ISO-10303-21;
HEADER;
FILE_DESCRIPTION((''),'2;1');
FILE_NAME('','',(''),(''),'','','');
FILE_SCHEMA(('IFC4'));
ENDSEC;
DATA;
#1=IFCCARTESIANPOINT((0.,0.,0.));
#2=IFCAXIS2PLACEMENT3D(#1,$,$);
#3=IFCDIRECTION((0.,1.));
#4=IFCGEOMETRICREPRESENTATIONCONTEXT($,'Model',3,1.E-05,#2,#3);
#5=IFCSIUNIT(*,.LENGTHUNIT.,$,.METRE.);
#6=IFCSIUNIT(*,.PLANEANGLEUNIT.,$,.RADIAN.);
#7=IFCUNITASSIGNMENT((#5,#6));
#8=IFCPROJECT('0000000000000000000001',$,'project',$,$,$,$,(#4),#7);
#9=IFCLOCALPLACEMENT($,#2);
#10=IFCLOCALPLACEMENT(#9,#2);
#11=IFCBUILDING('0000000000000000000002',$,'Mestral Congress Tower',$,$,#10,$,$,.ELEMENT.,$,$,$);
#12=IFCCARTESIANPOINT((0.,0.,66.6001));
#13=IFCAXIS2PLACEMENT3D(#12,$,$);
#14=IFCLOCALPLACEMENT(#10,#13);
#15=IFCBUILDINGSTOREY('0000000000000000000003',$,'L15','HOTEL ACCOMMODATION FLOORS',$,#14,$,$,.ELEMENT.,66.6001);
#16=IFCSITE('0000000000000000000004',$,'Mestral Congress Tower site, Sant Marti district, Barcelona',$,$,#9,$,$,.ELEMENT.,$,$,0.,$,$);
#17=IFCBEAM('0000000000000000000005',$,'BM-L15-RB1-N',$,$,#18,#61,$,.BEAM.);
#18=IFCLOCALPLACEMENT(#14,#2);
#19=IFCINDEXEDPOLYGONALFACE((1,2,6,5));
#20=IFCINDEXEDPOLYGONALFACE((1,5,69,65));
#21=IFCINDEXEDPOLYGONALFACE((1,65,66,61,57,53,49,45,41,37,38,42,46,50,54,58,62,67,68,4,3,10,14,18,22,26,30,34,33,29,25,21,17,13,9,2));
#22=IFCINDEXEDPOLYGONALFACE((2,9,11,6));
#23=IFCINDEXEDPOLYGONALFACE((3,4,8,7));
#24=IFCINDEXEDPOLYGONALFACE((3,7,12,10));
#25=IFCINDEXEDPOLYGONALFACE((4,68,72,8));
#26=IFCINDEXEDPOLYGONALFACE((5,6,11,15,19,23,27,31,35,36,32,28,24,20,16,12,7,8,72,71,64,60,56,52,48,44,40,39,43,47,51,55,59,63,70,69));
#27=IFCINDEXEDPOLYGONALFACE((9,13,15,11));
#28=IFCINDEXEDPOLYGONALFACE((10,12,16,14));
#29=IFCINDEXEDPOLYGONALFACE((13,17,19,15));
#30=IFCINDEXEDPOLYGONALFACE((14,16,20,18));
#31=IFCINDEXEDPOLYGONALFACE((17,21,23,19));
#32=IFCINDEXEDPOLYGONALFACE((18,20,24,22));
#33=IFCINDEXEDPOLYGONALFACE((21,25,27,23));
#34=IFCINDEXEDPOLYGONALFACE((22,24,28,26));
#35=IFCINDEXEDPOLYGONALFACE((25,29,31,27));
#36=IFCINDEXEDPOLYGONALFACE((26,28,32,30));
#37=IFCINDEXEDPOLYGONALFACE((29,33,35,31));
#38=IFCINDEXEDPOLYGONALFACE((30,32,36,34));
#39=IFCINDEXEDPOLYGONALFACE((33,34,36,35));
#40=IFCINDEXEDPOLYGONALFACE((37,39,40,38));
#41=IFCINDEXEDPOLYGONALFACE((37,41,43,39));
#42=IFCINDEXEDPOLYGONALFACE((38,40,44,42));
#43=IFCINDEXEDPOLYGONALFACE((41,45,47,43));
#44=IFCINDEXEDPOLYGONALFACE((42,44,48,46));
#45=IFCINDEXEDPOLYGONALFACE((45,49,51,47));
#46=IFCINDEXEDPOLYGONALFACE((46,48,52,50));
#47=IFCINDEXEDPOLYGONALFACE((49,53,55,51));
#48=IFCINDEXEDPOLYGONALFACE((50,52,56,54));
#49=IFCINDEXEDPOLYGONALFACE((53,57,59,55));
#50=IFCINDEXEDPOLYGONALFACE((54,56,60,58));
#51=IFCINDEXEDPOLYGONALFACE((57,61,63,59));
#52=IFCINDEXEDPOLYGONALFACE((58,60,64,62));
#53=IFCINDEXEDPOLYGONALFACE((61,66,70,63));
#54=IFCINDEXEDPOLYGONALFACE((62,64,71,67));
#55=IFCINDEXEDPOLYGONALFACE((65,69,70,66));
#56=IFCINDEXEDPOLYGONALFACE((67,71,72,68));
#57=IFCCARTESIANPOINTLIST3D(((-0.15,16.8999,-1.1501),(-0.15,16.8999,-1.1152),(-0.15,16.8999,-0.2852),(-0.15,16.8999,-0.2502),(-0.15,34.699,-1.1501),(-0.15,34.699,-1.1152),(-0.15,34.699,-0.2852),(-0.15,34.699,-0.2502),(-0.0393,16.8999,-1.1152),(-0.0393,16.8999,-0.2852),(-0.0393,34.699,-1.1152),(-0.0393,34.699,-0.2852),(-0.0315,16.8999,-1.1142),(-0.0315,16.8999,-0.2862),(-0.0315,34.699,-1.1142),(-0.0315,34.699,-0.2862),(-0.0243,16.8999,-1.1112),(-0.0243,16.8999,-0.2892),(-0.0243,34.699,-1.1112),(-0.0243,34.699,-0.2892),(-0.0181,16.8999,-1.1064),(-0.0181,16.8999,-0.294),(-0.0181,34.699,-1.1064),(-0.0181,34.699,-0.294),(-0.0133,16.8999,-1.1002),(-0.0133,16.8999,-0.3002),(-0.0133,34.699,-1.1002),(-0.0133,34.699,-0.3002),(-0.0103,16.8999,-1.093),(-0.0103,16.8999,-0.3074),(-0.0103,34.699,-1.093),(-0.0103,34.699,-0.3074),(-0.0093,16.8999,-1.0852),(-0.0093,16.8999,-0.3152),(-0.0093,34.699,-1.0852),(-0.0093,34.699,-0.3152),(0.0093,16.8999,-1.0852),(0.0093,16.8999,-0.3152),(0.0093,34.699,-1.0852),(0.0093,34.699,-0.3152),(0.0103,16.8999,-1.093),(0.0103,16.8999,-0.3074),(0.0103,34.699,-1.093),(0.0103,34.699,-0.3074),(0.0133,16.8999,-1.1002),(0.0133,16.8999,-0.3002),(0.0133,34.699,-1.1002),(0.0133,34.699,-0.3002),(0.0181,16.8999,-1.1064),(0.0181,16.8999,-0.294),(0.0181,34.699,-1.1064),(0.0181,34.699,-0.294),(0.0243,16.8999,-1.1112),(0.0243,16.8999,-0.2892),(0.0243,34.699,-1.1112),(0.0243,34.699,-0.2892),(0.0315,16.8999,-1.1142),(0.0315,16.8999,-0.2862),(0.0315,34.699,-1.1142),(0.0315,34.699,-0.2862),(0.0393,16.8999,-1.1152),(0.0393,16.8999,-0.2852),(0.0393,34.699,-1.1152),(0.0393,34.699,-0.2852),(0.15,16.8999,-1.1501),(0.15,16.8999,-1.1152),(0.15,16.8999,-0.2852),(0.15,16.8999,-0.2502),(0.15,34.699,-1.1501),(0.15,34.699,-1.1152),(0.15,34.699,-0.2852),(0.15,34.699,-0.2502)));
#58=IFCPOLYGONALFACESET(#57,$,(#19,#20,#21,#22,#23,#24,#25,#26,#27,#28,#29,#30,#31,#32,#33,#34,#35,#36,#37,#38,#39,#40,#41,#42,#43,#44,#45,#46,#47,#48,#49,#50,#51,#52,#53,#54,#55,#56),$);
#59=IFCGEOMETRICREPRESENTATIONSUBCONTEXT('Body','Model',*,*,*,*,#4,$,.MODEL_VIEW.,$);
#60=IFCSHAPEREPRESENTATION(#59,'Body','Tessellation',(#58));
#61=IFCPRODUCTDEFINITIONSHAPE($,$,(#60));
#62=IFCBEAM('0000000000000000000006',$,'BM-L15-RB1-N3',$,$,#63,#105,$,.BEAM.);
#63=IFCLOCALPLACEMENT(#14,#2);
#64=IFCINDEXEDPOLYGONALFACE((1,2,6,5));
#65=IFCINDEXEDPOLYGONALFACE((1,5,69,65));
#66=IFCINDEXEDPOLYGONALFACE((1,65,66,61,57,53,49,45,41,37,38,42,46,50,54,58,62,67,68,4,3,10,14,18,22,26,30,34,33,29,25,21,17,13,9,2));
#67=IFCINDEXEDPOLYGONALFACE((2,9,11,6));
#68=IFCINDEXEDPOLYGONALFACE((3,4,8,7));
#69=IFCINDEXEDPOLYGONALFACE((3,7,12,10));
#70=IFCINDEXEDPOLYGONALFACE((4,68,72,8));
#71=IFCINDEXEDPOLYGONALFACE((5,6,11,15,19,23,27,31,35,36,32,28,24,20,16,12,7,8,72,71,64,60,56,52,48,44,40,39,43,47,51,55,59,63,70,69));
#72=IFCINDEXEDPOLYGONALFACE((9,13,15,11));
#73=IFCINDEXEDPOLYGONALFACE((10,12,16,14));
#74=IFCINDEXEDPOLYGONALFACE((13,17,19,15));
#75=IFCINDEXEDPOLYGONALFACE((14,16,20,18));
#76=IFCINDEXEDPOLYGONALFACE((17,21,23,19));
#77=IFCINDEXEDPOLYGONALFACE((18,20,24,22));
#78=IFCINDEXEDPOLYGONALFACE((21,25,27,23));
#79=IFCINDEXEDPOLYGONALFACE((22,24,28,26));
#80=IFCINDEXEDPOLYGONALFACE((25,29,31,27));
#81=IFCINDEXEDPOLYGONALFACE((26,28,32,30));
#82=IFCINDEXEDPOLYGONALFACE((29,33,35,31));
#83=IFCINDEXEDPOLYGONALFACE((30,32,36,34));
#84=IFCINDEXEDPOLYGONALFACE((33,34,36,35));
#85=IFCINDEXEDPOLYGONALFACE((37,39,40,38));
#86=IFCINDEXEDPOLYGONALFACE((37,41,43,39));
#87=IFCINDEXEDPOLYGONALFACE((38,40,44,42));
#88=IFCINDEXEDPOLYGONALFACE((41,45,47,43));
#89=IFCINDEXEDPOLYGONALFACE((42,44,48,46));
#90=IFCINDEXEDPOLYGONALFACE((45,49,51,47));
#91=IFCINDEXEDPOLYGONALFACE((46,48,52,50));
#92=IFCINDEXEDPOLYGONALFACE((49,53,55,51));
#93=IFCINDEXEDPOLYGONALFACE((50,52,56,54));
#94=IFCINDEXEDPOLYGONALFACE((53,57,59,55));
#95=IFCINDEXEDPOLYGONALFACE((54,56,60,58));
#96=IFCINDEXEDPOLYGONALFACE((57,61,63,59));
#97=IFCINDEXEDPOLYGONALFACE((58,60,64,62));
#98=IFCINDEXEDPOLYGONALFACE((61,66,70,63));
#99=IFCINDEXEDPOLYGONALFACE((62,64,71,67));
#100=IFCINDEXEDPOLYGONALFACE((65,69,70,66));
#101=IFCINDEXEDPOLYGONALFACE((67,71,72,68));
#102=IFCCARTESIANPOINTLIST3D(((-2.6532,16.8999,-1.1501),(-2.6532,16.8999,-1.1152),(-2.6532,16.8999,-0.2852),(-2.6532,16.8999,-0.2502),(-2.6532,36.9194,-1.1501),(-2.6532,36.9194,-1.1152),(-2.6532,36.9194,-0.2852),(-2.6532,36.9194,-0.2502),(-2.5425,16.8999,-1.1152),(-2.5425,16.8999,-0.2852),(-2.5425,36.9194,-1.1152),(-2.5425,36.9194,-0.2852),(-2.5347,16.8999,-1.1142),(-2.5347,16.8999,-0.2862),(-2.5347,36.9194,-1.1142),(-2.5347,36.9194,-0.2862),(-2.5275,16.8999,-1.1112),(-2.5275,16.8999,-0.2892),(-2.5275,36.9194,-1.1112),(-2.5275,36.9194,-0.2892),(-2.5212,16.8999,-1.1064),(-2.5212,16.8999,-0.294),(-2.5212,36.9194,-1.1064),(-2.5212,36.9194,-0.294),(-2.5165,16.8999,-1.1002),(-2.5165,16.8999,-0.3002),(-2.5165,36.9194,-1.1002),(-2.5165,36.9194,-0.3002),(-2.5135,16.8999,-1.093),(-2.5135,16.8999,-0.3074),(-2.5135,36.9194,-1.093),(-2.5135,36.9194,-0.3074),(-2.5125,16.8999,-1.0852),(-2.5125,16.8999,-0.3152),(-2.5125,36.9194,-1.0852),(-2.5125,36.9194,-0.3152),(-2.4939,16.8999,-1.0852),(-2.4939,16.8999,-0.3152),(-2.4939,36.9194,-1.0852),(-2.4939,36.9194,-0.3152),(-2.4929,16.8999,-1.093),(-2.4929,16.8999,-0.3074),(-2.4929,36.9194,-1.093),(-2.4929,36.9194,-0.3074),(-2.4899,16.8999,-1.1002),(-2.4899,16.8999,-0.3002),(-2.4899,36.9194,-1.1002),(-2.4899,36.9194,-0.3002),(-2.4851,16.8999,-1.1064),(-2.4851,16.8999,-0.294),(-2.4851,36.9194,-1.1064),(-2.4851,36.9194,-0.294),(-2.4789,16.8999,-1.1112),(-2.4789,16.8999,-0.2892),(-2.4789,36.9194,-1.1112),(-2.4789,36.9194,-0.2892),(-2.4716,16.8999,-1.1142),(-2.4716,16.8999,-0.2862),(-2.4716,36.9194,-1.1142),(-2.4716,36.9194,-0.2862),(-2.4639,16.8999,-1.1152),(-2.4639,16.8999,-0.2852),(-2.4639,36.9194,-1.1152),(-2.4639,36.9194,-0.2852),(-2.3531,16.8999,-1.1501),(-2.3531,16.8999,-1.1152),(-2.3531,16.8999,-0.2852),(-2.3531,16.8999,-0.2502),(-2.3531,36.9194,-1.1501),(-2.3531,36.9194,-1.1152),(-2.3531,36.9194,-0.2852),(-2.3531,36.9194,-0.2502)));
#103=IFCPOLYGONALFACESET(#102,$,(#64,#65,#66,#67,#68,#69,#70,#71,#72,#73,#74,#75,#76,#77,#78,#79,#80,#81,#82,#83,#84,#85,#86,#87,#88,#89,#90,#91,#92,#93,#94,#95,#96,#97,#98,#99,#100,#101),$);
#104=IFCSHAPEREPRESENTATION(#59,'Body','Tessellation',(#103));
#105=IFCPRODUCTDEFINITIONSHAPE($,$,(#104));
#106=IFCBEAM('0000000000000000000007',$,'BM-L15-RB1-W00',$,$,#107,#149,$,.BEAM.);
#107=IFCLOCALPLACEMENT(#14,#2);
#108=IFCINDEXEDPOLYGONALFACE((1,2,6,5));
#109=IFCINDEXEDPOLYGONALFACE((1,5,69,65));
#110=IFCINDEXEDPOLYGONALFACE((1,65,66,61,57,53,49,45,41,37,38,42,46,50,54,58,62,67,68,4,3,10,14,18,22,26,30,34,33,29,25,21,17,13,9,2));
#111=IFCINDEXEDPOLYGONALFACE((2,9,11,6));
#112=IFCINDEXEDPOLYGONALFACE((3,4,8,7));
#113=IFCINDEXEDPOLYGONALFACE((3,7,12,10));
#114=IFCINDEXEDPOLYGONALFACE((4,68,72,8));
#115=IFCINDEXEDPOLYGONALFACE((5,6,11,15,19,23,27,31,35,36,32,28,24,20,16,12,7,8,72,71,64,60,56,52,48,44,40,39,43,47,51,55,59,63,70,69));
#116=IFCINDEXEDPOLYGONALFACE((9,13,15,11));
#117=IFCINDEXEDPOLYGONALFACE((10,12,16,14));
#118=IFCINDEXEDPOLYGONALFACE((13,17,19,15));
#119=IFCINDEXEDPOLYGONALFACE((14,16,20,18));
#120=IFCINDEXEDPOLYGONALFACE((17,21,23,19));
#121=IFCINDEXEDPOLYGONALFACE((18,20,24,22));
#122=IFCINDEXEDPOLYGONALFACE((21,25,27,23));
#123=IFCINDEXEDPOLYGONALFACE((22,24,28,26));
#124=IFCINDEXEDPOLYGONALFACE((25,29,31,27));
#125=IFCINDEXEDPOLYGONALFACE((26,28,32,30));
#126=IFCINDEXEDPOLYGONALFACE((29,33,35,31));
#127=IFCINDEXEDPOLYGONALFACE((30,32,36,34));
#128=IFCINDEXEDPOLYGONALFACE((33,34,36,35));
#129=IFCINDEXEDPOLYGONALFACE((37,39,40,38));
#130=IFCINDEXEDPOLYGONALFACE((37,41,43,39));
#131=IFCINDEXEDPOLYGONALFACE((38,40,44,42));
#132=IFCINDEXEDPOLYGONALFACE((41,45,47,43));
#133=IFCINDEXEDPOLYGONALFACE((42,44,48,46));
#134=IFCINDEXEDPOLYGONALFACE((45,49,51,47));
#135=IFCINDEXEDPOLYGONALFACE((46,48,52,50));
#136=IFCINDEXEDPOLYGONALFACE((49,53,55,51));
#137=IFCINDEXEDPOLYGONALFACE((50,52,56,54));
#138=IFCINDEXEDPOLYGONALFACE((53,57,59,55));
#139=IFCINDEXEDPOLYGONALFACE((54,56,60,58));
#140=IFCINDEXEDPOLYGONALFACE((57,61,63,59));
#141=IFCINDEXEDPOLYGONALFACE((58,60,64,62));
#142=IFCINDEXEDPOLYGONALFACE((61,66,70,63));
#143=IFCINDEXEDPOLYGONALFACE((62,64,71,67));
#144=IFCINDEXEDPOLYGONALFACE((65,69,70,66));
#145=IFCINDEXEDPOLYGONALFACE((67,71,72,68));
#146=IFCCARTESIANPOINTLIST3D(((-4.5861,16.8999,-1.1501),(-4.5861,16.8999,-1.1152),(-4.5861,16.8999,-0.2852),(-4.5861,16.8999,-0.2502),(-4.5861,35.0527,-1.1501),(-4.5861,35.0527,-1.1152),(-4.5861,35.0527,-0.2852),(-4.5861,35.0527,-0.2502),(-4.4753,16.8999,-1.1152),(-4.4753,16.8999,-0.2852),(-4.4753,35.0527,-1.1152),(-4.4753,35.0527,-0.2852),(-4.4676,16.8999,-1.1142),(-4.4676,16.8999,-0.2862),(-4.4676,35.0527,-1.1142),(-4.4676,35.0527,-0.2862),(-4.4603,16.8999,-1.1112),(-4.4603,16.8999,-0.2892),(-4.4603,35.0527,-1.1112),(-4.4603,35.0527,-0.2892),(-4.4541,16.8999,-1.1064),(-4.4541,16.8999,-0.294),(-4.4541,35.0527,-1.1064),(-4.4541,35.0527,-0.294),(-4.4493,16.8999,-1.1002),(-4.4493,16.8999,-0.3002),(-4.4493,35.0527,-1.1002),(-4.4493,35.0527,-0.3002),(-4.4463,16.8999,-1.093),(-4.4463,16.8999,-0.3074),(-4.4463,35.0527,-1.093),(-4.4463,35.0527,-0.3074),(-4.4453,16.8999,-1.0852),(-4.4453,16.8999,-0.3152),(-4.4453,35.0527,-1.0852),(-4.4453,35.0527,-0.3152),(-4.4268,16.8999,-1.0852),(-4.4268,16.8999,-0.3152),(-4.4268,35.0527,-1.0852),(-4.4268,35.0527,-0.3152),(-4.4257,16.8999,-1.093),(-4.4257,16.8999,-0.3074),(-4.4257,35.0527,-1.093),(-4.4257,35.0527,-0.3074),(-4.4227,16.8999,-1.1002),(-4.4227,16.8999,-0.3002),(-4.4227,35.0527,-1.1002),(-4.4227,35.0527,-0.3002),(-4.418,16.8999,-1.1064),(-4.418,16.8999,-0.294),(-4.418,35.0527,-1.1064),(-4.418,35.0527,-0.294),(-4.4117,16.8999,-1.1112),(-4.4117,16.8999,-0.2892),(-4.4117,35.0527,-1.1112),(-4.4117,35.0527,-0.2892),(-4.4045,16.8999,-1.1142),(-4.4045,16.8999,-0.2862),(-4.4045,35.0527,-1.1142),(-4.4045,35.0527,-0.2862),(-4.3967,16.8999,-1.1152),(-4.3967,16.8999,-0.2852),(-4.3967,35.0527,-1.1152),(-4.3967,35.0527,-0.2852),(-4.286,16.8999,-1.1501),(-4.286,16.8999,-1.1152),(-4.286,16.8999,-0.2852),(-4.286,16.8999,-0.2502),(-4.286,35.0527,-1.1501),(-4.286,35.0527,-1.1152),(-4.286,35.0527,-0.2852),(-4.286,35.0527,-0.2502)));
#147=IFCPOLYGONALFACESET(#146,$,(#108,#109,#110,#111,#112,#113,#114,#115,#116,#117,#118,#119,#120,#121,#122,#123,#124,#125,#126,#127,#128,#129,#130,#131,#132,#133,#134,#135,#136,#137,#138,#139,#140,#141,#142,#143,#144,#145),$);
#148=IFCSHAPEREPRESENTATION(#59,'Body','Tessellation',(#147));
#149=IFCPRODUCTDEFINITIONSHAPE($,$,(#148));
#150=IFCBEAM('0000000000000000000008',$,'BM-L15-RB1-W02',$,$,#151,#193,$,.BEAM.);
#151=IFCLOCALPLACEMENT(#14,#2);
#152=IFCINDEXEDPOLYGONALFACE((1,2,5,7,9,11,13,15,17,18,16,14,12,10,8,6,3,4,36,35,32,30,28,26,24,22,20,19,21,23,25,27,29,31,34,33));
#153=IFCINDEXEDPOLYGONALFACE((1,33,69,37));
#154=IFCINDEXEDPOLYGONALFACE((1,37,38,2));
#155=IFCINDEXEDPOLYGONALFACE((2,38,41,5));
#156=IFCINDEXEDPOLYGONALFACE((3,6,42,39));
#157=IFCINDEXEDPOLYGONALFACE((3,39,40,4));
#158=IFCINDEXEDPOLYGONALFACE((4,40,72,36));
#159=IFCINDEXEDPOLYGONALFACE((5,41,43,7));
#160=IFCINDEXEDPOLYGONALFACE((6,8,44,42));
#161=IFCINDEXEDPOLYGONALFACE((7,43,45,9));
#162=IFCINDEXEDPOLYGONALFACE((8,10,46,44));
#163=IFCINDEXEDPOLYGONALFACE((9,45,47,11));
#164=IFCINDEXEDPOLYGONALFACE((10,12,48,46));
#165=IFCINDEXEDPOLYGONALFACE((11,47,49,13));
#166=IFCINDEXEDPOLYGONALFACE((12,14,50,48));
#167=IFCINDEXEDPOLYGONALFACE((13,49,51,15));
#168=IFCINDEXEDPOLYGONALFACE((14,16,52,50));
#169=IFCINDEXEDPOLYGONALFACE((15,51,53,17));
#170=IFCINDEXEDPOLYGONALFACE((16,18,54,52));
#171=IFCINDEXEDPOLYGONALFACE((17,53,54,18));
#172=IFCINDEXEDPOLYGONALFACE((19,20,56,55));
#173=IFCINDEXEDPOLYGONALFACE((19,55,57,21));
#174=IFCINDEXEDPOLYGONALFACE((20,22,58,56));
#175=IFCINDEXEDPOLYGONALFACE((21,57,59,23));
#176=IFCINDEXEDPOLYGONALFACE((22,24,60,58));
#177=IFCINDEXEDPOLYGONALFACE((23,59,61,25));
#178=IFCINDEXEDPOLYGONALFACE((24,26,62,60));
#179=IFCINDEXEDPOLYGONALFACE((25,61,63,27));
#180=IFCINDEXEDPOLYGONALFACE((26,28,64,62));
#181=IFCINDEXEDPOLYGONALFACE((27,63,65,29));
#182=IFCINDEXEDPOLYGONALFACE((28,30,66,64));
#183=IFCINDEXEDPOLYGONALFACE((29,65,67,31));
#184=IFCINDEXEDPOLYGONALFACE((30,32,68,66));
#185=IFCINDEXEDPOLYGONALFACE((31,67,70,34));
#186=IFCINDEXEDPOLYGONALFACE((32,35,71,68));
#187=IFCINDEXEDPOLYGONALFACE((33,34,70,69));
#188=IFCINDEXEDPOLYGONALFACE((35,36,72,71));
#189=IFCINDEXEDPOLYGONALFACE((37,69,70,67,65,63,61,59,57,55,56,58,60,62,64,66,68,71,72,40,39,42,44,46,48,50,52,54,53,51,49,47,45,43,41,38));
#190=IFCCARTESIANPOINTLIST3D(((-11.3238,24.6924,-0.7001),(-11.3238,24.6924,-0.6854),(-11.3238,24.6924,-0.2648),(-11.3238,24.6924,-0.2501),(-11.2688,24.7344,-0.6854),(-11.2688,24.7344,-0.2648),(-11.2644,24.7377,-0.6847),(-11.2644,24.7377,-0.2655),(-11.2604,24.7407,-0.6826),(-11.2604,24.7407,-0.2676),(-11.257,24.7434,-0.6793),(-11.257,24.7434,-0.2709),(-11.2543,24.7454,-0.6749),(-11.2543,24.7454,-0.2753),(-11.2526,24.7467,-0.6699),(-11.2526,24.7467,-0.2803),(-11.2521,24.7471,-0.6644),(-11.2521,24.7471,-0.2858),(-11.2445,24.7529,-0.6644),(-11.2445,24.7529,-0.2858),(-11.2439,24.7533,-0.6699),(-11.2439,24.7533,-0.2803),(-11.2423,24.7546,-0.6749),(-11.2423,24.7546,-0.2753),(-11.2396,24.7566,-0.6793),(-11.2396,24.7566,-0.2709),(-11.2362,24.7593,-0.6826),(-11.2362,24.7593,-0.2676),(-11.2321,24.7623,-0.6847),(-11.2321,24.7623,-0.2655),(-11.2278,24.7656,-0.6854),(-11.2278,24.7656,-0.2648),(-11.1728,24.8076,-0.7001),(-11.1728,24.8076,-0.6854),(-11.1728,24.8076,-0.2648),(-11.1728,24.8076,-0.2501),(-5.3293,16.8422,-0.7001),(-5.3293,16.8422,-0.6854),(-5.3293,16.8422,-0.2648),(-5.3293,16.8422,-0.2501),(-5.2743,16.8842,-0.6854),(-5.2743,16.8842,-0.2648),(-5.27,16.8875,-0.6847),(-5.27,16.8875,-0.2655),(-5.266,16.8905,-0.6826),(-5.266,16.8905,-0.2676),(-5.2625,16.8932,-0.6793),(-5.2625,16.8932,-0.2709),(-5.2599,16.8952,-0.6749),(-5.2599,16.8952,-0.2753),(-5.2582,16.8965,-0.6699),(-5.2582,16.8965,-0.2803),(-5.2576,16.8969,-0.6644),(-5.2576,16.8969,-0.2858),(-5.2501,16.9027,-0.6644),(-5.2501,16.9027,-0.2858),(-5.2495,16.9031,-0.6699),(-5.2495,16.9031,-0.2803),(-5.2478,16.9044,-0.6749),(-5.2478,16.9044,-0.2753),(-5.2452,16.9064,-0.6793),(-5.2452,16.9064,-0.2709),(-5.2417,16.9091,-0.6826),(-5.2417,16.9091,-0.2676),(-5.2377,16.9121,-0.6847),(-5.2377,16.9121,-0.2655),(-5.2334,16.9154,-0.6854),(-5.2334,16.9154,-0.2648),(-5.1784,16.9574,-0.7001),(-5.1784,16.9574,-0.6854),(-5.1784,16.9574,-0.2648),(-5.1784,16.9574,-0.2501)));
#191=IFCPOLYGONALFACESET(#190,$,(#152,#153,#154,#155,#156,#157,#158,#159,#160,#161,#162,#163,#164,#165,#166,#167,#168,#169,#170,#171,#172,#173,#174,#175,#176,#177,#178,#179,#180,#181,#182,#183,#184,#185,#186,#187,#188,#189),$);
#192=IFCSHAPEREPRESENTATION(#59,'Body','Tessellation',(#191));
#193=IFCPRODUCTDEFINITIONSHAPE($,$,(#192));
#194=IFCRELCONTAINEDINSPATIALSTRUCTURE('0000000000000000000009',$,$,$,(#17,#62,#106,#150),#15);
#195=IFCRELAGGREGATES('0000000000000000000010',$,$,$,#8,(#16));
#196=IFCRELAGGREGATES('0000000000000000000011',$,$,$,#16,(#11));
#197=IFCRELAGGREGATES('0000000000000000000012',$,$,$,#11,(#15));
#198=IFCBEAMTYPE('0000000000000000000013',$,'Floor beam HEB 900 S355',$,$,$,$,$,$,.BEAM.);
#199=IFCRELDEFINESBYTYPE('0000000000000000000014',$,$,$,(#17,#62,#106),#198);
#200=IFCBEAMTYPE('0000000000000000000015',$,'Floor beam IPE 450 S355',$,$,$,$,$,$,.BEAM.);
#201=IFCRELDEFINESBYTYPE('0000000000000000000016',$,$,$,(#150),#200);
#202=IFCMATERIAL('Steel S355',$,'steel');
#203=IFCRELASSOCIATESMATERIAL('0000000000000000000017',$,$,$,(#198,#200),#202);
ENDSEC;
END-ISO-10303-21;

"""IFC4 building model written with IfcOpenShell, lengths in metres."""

from ifc_helpers import new_model, si_unit, direction, frame, origin, origin_2d, place, context, subcontext, project, spatial, i_section, extrude, material, material_profile, profile_set, type_object, element, save


model = new_model("IFC4")

# Units and contexts
model_context = context("Model", 3, precision=1e-05, world=origin(), true_north=direction((0.0, 1.0)))
body_context = subcontext(model_context, "Body", "Model", "MODEL_VIEW")
ifc_project = project(units=[si_unit("LENGTHUNIT", "METRE"), si_unit("PLANEANGLEUNIT", "RADIAN")], contexts=[model_context])

# Site, building, storey
site_placement = place(None, origin())
site = spatial("IfcSite", under=ifc_project, at=site_placement, Name="Mestral Congress Tower site, Sant Marti district, Barcelona", CompositionType="ELEMENT", RefElevation=0.0)
building_placement = place(site_placement, origin())
building = spatial("IfcBuilding", under=site, at=building_placement, Name="Mestral Congress Tower", CompositionType="ELEMENT")
storey_placement = place(building_placement, frame((0.0, 0.0, 66.6001)))
storey = spatial("IfcBuildingStorey", under=building, at=storey_placement, Name="L15", Description="HOTEL ACCOMMODATION FLOORS", CompositionType="ELEMENT", Elevation=66.6001)

# Beams
ifc_material_1 = material(Name="Steel S355", Category="steel")
ifc_material_profile_1 = material_profile(ifc_material_1, i_section(OverallWidth=0.3, OverallDepth=0.8999, WebThickness=0.0186, FlangeThickness=0.0349, FilletRadius=0.03, at=origin_2d()), Name="HEB 900")
ifc_profile_set_1 = profile_set([ifc_material_profile_1], Name="Steel S355")
beam_type_1 = type_object("IfcBeamType", Name="Floor beam HEB 900 S355", PredefinedType="BEAM", material=ifc_profile_set_1)
beam_1_placement = place(storey_placement, frame((0.0, 34.699, -0.7002), z_axis=(0.0, -1.0, 0.0), x_axis=(1.0, 0.0, 0.0)))
element("IfcBeam", 1, at=beam_1_placement, inside=storey, type_object=beam_type_1, Name="BM-L15-RB1-N", PredefinedType="BEAM", context=body_context, shape_type="SweptSolid", body=[
    extrude(i_section(OverallWidth=0.3, OverallDepth=0.8999, WebThickness=0.0186, FlangeThickness=0.0349, FilletRadius=0.03, at=origin_2d()), origin(), (0.0, 0.0, 1.0), 17.7991),
])
beam_2_placement = place(storey_placement, frame((-2.5032, 36.9194, -0.7002), z_axis=(0.0, -1.0, 0.0), x_axis=(1.0, 0.0, 0.0)))
element("IfcBeam", 2, at=beam_2_placement, inside=storey, type_object=beam_type_1, Name="BM-L15-RB1-N3", PredefinedType="BEAM", context=body_context, shape_type="SweptSolid", body=[
    extrude(i_section(OverallWidth=0.3, OverallDepth=0.8999, WebThickness=0.0186, FlangeThickness=0.0349, FilletRadius=0.03, at=origin_2d()), origin(), (0.0, 0.0, 1.0), 20.0195),
])
beam_3_placement = place(storey_placement, frame((-4.436, 35.0527, -0.7002), z_axis=(0.0, -1.0, 0.0), x_axis=(1.0, 0.0, 0.0)))
element("IfcBeam", 3, at=beam_3_placement, inside=storey, type_object=beam_type_1, Name="BM-L15-RB1-W00", PredefinedType="BEAM", context=body_context, shape_type="SweptSolid", body=[
    extrude(i_section(OverallWidth=0.3, OverallDepth=0.8999, WebThickness=0.0186, FlangeThickness=0.0349, FilletRadius=0.03, at=origin_2d()), origin(), (0.0, 0.0, 1.0), 18.1528),
])
ifc_material_profile_2 = material_profile(ifc_material_1, i_section(OverallWidth=0.1899, OverallDepth=0.45, WebThickness=0.0095, FlangeThickness=0.0146, FilletRadius=0.021, at=origin_2d()), Name="IPE 450")
ifc_profile_set_2 = profile_set([ifc_material_profile_2], Name="Steel S355")
beam_type_2 = type_object("IfcBeamType", Name="Floor beam IPE 450 S355", PredefinedType="BEAM", material=ifc_profile_set_2)
beam_4_placement = place(storey_placement, frame((-11.2483, 24.75, -0.4751), z_axis=(0.606899, -0.794779, 0.0), x_axis=(0.794779, 0.606899, 0.0)))
element("IfcBeam", 4, at=beam_4_placement, inside=storey, type_object=beam_type_2, Name="BM-L15-RB1-W02", PredefinedType="BEAM", context=body_context, shape_type="SweptSolid", body=[
    extrude(i_section(OverallWidth=0.1899, OverallDepth=0.45, WebThickness=0.0095, FlangeThickness=0.0146, FilletRadius=0.021, at=origin_2d()), origin(), (0.0, 0.0, 1.0), 9.8772),
])

save(model, "model.ifc")
